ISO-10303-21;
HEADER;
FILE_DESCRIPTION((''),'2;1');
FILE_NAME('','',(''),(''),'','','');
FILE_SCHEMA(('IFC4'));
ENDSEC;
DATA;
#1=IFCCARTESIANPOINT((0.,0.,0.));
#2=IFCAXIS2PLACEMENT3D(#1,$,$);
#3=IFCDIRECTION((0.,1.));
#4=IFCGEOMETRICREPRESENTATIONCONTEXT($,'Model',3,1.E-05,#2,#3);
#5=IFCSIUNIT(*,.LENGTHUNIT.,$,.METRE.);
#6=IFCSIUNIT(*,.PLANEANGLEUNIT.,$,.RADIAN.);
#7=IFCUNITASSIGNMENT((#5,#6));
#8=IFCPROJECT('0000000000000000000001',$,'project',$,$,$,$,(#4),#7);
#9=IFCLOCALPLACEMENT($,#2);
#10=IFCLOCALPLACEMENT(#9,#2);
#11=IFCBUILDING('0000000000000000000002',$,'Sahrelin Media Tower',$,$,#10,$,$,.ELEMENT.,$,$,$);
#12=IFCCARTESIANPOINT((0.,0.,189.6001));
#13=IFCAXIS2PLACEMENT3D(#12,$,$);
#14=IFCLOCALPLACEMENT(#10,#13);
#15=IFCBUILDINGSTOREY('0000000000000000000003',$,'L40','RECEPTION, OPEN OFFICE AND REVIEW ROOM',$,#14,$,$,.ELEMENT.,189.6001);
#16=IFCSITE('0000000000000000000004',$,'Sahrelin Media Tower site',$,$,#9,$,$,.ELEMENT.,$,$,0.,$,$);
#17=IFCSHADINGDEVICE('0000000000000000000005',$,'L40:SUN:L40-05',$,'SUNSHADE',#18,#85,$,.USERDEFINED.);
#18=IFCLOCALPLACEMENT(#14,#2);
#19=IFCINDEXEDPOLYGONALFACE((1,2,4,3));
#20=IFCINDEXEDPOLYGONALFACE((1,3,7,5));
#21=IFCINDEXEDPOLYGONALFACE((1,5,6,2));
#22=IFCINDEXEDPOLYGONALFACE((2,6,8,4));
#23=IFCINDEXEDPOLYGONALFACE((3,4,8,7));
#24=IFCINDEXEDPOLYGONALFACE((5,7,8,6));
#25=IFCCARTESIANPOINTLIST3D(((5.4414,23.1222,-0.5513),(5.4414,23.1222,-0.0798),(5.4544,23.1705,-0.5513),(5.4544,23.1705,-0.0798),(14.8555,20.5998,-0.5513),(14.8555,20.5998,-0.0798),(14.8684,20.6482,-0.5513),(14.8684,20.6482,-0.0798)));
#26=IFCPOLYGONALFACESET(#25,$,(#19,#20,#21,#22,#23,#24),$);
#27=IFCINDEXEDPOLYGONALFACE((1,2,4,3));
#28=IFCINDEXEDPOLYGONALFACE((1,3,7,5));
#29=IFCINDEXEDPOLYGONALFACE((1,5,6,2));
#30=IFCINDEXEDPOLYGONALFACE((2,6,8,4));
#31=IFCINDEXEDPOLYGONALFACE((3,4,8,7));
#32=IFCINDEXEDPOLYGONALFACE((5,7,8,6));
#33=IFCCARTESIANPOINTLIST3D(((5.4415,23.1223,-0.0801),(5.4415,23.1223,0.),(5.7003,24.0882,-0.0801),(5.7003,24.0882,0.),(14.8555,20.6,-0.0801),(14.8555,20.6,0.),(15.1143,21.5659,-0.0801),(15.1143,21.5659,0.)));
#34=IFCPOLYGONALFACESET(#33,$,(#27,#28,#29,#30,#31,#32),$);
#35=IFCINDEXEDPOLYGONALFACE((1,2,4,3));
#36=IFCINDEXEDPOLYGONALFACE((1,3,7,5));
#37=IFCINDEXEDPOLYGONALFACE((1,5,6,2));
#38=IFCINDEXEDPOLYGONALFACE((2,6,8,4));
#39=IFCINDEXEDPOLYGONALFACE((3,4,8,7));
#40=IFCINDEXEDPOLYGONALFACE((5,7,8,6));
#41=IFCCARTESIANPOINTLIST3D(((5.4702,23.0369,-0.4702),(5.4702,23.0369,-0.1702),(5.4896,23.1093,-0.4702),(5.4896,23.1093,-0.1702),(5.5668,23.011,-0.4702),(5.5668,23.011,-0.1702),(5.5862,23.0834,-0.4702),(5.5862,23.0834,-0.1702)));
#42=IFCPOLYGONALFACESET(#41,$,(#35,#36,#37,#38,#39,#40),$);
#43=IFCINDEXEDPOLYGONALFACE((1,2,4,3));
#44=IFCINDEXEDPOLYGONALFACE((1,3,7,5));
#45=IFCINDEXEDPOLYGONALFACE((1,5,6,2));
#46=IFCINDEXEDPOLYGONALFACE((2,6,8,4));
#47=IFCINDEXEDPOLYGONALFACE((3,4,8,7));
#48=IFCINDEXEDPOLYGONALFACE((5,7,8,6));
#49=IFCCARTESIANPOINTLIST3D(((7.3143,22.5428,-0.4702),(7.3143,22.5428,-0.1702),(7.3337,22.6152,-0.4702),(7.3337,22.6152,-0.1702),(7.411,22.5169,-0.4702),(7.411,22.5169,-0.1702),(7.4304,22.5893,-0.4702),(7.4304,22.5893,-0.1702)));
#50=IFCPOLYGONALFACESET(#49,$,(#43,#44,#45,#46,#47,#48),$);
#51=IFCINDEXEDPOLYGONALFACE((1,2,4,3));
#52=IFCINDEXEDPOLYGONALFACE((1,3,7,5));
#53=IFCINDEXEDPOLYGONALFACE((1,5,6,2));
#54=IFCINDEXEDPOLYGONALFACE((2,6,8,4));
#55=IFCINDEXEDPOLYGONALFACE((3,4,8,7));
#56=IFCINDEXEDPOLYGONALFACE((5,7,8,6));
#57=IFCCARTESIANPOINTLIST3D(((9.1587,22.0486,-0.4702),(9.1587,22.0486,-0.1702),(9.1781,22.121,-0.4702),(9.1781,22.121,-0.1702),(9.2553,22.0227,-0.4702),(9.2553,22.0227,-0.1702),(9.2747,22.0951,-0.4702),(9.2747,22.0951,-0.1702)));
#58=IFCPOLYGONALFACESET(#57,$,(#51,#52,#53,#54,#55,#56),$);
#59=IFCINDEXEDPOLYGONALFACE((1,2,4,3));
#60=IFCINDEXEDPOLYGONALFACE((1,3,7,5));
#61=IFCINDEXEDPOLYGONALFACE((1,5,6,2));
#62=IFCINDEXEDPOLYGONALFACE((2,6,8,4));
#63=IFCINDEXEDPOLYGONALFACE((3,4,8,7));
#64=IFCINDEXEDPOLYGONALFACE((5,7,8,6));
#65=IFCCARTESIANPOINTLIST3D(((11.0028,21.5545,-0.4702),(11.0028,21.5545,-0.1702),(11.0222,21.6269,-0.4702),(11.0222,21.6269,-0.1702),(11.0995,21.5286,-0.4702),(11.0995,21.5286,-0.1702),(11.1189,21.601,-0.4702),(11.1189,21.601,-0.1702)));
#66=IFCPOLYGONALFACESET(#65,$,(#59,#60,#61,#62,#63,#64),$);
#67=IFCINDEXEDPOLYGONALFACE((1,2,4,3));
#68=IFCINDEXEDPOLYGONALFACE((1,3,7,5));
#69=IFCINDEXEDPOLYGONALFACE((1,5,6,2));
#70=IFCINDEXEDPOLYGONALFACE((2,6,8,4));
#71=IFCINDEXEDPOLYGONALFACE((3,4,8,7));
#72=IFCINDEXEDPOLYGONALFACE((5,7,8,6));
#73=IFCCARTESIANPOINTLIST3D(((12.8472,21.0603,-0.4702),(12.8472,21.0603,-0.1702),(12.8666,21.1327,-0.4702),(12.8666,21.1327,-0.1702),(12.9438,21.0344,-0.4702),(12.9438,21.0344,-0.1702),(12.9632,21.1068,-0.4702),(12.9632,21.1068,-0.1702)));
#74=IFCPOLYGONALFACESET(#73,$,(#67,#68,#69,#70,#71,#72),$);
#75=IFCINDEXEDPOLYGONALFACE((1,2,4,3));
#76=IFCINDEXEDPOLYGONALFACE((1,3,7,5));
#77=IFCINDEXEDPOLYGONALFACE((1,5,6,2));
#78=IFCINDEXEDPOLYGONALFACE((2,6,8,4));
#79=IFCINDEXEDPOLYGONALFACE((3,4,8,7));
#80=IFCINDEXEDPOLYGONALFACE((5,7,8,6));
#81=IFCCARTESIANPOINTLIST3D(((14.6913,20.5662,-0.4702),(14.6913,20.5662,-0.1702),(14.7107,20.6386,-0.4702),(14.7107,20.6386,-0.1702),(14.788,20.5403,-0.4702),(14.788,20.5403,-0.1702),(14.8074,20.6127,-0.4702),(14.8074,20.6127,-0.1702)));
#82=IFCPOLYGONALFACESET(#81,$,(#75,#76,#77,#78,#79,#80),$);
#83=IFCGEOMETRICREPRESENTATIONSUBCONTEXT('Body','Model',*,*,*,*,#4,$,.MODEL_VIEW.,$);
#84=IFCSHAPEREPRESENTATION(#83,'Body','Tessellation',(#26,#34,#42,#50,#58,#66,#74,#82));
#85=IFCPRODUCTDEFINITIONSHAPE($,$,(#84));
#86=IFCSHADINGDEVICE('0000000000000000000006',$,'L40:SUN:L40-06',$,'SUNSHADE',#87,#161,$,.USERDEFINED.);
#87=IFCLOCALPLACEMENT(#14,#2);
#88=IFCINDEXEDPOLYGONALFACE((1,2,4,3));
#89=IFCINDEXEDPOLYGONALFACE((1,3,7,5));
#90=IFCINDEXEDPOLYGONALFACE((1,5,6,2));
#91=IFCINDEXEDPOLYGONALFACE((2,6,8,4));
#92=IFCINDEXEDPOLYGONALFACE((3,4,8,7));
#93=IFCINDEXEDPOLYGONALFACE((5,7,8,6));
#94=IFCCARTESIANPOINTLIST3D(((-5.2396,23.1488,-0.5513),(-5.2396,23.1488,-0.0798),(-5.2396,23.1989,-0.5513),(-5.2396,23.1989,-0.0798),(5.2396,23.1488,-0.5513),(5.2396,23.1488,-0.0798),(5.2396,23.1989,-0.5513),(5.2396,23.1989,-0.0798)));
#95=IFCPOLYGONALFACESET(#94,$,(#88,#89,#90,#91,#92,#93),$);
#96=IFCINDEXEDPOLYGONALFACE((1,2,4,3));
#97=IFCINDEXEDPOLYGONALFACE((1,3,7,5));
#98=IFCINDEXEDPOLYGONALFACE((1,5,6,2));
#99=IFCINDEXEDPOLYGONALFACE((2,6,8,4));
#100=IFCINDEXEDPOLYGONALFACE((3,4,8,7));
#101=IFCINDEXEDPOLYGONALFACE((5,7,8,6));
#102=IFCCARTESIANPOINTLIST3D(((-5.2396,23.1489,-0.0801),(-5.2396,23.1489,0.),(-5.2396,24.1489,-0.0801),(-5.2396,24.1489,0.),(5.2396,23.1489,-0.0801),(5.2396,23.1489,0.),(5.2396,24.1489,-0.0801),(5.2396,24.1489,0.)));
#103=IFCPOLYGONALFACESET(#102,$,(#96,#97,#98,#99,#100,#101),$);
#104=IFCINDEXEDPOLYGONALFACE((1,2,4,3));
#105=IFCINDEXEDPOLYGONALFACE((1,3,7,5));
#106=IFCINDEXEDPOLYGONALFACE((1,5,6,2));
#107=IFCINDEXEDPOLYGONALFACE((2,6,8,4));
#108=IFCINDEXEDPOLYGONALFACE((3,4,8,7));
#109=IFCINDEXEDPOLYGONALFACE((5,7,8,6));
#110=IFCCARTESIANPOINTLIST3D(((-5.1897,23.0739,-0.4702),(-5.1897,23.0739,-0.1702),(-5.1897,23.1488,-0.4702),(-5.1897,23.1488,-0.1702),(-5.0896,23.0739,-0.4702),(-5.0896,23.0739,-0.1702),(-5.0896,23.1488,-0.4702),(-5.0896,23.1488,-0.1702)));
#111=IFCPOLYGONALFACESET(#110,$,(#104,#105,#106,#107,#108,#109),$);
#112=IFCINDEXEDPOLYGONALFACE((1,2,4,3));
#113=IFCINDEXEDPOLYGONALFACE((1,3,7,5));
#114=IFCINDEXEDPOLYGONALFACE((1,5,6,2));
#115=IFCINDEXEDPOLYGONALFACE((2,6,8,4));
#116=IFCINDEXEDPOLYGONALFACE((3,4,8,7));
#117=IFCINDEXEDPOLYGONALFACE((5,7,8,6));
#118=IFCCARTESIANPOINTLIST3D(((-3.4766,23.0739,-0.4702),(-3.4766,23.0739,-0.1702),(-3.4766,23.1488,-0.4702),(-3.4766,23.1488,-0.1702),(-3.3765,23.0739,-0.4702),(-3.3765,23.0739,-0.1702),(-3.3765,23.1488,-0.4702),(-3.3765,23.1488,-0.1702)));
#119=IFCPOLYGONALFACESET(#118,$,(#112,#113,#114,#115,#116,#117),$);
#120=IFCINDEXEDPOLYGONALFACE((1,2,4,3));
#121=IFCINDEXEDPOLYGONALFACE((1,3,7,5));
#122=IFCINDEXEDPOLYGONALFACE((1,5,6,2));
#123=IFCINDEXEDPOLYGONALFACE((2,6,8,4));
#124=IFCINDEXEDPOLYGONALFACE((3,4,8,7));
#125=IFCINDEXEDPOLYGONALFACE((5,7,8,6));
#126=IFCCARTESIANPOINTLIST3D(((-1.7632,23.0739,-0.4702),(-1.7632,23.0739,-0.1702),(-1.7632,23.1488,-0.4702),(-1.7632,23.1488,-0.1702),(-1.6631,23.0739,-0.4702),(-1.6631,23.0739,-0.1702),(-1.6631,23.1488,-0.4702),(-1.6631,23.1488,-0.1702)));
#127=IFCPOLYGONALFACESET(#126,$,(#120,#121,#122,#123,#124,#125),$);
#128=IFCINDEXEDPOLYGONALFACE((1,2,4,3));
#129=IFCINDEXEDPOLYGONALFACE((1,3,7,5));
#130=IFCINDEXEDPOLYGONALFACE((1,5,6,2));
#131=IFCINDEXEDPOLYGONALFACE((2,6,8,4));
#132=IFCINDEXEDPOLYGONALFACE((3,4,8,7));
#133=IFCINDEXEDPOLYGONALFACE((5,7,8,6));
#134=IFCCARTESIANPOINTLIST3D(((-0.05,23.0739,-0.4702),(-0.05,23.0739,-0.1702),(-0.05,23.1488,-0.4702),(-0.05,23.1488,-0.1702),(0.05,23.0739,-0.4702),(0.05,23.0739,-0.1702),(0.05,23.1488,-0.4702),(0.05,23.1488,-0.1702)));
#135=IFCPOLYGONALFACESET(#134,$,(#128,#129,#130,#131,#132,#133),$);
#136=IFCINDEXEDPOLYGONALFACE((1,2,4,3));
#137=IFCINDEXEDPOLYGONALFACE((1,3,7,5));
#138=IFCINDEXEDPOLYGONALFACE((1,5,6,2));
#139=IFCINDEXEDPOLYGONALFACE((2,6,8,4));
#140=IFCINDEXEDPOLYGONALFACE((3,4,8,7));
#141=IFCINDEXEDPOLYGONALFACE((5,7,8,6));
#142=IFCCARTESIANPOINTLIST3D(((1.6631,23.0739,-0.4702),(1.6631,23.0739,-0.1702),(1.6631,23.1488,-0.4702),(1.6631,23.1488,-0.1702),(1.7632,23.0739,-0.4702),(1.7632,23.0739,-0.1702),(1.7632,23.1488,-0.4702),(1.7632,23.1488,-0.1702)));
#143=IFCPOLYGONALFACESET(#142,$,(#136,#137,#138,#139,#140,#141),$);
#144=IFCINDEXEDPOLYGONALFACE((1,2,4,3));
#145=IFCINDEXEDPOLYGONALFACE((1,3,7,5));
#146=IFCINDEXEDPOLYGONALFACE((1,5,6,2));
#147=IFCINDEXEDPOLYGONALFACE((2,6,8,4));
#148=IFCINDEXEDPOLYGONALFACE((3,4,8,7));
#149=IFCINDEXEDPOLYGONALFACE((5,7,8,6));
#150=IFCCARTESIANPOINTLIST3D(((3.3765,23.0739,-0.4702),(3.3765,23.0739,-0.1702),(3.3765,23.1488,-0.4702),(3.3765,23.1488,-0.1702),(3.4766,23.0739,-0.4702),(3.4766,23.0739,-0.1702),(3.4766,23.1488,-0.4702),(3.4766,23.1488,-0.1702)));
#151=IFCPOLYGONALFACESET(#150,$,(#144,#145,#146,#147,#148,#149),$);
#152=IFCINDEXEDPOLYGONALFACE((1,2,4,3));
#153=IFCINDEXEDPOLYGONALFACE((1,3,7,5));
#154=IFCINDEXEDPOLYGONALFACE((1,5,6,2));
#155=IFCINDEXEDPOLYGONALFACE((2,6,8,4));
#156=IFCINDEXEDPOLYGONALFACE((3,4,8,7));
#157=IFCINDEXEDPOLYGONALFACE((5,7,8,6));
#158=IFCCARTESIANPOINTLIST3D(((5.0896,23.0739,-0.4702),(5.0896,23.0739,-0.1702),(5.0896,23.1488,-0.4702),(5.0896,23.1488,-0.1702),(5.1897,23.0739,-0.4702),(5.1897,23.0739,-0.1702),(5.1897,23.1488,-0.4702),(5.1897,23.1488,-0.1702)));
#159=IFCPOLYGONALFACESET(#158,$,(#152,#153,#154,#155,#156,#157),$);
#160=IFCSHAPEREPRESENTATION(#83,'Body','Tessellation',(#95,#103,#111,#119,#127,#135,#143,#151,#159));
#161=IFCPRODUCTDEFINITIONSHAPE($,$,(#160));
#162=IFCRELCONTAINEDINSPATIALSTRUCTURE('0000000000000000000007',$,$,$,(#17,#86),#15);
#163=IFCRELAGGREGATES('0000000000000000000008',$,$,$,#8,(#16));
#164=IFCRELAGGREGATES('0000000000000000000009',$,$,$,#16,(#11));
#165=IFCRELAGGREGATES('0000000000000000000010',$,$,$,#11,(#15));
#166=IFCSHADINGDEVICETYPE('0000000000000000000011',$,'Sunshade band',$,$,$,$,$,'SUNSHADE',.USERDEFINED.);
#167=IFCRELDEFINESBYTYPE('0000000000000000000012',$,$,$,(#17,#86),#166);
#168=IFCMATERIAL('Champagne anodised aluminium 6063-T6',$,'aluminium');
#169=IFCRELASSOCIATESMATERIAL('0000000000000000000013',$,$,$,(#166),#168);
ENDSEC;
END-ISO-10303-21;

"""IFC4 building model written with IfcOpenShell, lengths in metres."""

from ifc_helpers import new_model, si_unit, direction, frame, origin, origin_2d, place, context, subcontext, project, spatial, rectangle, extrude, material, type_object, element, save


model = new_model("IFC4")

# Units and contexts
model_context = context("Model", 3, precision=1e-05, world=origin(), true_north=direction((0.0, 1.0)))
body_context = subcontext(model_context, "Body", "Model", "MODEL_VIEW")
ifc_project = project(units=[si_unit("LENGTHUNIT", "METRE"), si_unit("PLANEANGLEUNIT", "RADIAN")], contexts=[model_context])

# Site, building, storey
site_placement = place(None, origin())
site = spatial("IfcSite", under=ifc_project, at=site_placement, Name="Sahrelin Media Tower site", CompositionType="ELEMENT", RefElevation=0.0)
building_placement = place(site_placement, origin())
building = spatial("IfcBuilding", under=site, at=building_placement, Name="Sahrelin Media Tower", CompositionType="ELEMENT")
storey_placement = place(building_placement, frame((0.0, 0.0, 189.6001)))
storey = spatial("IfcBuildingStorey", under=building, at=storey_placement, Name="L40", Description="RECEPTION, OPEN OFFICE AND REVIEW ROOM", CompositionType="ELEMENT", Elevation=189.6001)

# Shared definitions
ifc_material_1 = material(Name="Champagne anodised aluminium 6063-T6", Category="aluminium")
placement_1 = place(storey_placement, frame((0.0, 23.1289, 0.0), z_axis=(0.0, 0.0, 1.0), x_axis=(1.0, 0.0, 0.0)))

# Shading devices
placement_2 = place(storey_placement, frame((10.1433, 21.8418, 0.0), z_axis=(0.0, 0.0, 1.0), x_axis=(0.965929, -0.258808, 0.0)))
shading_device_type_1 = type_object("IfcShadingDeviceType", Name="Sunshade band", ElementType="SUNSHADE", PredefinedType="USERDEFINED", material=ifc_material_1)
element("IfcShadingDevice", 1, at=placement_2, inside=storey, type_object=shading_device_type_1, Name="L40:SUN:L40-05", ObjectType="SUNSHADE", PredefinedType="USERDEFINED", context=body_context, shape_type="SweptSolid", body=[
    extrude(rectangle(XDim=9.7461, YDim=0.05, at=origin_2d()), frame((0.0, 0.0449, -0.5513)), (0.0, 0.0, 1.0), 0.4714),
    extrude(rectangle(XDim=9.7461, YDim=1.0, at=origin_2d()), frame((0.0, 0.52, -0.0801)), (0.0, 0.0, 1.0), 0.0801),
    extrude(rectangle(XDim=0.1001, YDim=0.075, at=origin_2d()), frame((-4.7732, -0.0176, -0.4702)), (0.0, 0.0, 1.0), 0.3),
    extrude(rectangle(XDim=0.1001, YDim=0.075, at=origin_2d()), frame((-2.864, -0.0176, -0.4702)), (0.0, 0.0, 1.0), 0.3),
    extrude(rectangle(XDim=0.1001, YDim=0.075, at=origin_2d()), frame((-0.9546, -0.0176, -0.4702)), (0.0, 0.0, 1.0), 0.3),
    extrude(rectangle(XDim=0.1001, YDim=0.075, at=origin_2d()), frame((0.9546, -0.0176, -0.4702)), (0.0, 0.0, 1.0), 0.3),
    extrude(rectangle(XDim=0.1001, YDim=0.075, at=origin_2d()), frame((2.864, -0.0176, -0.4702)), (0.0, 0.0, 1.0), 0.3),
    extrude(rectangle(XDim=0.1001, YDim=0.075, at=origin_2d()), frame((4.7732, -0.0176, -0.4702)), (0.0, 0.0, 1.0), 0.3),
])
element("IfcShadingDevice", 2, at=placement_1, inside=storey, type_object=shading_device_type_1, Name="L40:SUN:L40-06", ObjectType="SUNSHADE", PredefinedType="USERDEFINED", context=body_context, shape_type="SweptSolid", body=[
    extrude(rectangle(XDim=10.4792, YDim=0.05, at=origin_2d()), frame((0.0, 0.0449, -0.5513)), (0.0, 0.0, 1.0), 0.4714),
    extrude(rectangle(XDim=10.4792, YDim=1.0, at=origin_2d()), frame((0.0, 0.52, -0.0801)), (0.0, 0.0, 1.0), 0.0801),
    extrude(rectangle(XDim=0.1001, YDim=0.075, at=origin_2d()), frame((-5.1396, -0.0176, -0.4702)), (0.0, 0.0, 1.0), 0.3),
    extrude(rectangle(XDim=0.1001, YDim=0.075, at=origin_2d()), frame((-3.4265, -0.0176, -0.4702)), (0.0, 0.0, 1.0), 0.3),
    extrude(rectangle(XDim=0.1001, YDim=0.075, at=origin_2d()), frame((-1.7131, -0.0176, -0.4702)), (0.0, 0.0, 1.0), 0.3),
    extrude(rectangle(XDim=0.1001, YDim=0.075, at=origin_2d()), frame((0.0, -0.0176, -0.4702)), (0.0, 0.0, 1.0), 0.3),
    extrude(rectangle(XDim=0.1001, YDim=0.075, at=origin_2d()), frame((1.7131, -0.0176, -0.4702)), (0.0, 0.0, 1.0), 0.3),
    extrude(rectangle(XDim=0.1001, YDim=0.075, at=origin_2d()), frame((3.4265, -0.0176, -0.4702)), (0.0, 0.0, 1.0), 0.3),
    extrude(rectangle(XDim=0.1001, YDim=0.075, at=origin_2d()), frame((5.1396, -0.0176, -0.4702)), (0.0, 0.0, 1.0), 0.3),
])

save(model, "model.ifc")
